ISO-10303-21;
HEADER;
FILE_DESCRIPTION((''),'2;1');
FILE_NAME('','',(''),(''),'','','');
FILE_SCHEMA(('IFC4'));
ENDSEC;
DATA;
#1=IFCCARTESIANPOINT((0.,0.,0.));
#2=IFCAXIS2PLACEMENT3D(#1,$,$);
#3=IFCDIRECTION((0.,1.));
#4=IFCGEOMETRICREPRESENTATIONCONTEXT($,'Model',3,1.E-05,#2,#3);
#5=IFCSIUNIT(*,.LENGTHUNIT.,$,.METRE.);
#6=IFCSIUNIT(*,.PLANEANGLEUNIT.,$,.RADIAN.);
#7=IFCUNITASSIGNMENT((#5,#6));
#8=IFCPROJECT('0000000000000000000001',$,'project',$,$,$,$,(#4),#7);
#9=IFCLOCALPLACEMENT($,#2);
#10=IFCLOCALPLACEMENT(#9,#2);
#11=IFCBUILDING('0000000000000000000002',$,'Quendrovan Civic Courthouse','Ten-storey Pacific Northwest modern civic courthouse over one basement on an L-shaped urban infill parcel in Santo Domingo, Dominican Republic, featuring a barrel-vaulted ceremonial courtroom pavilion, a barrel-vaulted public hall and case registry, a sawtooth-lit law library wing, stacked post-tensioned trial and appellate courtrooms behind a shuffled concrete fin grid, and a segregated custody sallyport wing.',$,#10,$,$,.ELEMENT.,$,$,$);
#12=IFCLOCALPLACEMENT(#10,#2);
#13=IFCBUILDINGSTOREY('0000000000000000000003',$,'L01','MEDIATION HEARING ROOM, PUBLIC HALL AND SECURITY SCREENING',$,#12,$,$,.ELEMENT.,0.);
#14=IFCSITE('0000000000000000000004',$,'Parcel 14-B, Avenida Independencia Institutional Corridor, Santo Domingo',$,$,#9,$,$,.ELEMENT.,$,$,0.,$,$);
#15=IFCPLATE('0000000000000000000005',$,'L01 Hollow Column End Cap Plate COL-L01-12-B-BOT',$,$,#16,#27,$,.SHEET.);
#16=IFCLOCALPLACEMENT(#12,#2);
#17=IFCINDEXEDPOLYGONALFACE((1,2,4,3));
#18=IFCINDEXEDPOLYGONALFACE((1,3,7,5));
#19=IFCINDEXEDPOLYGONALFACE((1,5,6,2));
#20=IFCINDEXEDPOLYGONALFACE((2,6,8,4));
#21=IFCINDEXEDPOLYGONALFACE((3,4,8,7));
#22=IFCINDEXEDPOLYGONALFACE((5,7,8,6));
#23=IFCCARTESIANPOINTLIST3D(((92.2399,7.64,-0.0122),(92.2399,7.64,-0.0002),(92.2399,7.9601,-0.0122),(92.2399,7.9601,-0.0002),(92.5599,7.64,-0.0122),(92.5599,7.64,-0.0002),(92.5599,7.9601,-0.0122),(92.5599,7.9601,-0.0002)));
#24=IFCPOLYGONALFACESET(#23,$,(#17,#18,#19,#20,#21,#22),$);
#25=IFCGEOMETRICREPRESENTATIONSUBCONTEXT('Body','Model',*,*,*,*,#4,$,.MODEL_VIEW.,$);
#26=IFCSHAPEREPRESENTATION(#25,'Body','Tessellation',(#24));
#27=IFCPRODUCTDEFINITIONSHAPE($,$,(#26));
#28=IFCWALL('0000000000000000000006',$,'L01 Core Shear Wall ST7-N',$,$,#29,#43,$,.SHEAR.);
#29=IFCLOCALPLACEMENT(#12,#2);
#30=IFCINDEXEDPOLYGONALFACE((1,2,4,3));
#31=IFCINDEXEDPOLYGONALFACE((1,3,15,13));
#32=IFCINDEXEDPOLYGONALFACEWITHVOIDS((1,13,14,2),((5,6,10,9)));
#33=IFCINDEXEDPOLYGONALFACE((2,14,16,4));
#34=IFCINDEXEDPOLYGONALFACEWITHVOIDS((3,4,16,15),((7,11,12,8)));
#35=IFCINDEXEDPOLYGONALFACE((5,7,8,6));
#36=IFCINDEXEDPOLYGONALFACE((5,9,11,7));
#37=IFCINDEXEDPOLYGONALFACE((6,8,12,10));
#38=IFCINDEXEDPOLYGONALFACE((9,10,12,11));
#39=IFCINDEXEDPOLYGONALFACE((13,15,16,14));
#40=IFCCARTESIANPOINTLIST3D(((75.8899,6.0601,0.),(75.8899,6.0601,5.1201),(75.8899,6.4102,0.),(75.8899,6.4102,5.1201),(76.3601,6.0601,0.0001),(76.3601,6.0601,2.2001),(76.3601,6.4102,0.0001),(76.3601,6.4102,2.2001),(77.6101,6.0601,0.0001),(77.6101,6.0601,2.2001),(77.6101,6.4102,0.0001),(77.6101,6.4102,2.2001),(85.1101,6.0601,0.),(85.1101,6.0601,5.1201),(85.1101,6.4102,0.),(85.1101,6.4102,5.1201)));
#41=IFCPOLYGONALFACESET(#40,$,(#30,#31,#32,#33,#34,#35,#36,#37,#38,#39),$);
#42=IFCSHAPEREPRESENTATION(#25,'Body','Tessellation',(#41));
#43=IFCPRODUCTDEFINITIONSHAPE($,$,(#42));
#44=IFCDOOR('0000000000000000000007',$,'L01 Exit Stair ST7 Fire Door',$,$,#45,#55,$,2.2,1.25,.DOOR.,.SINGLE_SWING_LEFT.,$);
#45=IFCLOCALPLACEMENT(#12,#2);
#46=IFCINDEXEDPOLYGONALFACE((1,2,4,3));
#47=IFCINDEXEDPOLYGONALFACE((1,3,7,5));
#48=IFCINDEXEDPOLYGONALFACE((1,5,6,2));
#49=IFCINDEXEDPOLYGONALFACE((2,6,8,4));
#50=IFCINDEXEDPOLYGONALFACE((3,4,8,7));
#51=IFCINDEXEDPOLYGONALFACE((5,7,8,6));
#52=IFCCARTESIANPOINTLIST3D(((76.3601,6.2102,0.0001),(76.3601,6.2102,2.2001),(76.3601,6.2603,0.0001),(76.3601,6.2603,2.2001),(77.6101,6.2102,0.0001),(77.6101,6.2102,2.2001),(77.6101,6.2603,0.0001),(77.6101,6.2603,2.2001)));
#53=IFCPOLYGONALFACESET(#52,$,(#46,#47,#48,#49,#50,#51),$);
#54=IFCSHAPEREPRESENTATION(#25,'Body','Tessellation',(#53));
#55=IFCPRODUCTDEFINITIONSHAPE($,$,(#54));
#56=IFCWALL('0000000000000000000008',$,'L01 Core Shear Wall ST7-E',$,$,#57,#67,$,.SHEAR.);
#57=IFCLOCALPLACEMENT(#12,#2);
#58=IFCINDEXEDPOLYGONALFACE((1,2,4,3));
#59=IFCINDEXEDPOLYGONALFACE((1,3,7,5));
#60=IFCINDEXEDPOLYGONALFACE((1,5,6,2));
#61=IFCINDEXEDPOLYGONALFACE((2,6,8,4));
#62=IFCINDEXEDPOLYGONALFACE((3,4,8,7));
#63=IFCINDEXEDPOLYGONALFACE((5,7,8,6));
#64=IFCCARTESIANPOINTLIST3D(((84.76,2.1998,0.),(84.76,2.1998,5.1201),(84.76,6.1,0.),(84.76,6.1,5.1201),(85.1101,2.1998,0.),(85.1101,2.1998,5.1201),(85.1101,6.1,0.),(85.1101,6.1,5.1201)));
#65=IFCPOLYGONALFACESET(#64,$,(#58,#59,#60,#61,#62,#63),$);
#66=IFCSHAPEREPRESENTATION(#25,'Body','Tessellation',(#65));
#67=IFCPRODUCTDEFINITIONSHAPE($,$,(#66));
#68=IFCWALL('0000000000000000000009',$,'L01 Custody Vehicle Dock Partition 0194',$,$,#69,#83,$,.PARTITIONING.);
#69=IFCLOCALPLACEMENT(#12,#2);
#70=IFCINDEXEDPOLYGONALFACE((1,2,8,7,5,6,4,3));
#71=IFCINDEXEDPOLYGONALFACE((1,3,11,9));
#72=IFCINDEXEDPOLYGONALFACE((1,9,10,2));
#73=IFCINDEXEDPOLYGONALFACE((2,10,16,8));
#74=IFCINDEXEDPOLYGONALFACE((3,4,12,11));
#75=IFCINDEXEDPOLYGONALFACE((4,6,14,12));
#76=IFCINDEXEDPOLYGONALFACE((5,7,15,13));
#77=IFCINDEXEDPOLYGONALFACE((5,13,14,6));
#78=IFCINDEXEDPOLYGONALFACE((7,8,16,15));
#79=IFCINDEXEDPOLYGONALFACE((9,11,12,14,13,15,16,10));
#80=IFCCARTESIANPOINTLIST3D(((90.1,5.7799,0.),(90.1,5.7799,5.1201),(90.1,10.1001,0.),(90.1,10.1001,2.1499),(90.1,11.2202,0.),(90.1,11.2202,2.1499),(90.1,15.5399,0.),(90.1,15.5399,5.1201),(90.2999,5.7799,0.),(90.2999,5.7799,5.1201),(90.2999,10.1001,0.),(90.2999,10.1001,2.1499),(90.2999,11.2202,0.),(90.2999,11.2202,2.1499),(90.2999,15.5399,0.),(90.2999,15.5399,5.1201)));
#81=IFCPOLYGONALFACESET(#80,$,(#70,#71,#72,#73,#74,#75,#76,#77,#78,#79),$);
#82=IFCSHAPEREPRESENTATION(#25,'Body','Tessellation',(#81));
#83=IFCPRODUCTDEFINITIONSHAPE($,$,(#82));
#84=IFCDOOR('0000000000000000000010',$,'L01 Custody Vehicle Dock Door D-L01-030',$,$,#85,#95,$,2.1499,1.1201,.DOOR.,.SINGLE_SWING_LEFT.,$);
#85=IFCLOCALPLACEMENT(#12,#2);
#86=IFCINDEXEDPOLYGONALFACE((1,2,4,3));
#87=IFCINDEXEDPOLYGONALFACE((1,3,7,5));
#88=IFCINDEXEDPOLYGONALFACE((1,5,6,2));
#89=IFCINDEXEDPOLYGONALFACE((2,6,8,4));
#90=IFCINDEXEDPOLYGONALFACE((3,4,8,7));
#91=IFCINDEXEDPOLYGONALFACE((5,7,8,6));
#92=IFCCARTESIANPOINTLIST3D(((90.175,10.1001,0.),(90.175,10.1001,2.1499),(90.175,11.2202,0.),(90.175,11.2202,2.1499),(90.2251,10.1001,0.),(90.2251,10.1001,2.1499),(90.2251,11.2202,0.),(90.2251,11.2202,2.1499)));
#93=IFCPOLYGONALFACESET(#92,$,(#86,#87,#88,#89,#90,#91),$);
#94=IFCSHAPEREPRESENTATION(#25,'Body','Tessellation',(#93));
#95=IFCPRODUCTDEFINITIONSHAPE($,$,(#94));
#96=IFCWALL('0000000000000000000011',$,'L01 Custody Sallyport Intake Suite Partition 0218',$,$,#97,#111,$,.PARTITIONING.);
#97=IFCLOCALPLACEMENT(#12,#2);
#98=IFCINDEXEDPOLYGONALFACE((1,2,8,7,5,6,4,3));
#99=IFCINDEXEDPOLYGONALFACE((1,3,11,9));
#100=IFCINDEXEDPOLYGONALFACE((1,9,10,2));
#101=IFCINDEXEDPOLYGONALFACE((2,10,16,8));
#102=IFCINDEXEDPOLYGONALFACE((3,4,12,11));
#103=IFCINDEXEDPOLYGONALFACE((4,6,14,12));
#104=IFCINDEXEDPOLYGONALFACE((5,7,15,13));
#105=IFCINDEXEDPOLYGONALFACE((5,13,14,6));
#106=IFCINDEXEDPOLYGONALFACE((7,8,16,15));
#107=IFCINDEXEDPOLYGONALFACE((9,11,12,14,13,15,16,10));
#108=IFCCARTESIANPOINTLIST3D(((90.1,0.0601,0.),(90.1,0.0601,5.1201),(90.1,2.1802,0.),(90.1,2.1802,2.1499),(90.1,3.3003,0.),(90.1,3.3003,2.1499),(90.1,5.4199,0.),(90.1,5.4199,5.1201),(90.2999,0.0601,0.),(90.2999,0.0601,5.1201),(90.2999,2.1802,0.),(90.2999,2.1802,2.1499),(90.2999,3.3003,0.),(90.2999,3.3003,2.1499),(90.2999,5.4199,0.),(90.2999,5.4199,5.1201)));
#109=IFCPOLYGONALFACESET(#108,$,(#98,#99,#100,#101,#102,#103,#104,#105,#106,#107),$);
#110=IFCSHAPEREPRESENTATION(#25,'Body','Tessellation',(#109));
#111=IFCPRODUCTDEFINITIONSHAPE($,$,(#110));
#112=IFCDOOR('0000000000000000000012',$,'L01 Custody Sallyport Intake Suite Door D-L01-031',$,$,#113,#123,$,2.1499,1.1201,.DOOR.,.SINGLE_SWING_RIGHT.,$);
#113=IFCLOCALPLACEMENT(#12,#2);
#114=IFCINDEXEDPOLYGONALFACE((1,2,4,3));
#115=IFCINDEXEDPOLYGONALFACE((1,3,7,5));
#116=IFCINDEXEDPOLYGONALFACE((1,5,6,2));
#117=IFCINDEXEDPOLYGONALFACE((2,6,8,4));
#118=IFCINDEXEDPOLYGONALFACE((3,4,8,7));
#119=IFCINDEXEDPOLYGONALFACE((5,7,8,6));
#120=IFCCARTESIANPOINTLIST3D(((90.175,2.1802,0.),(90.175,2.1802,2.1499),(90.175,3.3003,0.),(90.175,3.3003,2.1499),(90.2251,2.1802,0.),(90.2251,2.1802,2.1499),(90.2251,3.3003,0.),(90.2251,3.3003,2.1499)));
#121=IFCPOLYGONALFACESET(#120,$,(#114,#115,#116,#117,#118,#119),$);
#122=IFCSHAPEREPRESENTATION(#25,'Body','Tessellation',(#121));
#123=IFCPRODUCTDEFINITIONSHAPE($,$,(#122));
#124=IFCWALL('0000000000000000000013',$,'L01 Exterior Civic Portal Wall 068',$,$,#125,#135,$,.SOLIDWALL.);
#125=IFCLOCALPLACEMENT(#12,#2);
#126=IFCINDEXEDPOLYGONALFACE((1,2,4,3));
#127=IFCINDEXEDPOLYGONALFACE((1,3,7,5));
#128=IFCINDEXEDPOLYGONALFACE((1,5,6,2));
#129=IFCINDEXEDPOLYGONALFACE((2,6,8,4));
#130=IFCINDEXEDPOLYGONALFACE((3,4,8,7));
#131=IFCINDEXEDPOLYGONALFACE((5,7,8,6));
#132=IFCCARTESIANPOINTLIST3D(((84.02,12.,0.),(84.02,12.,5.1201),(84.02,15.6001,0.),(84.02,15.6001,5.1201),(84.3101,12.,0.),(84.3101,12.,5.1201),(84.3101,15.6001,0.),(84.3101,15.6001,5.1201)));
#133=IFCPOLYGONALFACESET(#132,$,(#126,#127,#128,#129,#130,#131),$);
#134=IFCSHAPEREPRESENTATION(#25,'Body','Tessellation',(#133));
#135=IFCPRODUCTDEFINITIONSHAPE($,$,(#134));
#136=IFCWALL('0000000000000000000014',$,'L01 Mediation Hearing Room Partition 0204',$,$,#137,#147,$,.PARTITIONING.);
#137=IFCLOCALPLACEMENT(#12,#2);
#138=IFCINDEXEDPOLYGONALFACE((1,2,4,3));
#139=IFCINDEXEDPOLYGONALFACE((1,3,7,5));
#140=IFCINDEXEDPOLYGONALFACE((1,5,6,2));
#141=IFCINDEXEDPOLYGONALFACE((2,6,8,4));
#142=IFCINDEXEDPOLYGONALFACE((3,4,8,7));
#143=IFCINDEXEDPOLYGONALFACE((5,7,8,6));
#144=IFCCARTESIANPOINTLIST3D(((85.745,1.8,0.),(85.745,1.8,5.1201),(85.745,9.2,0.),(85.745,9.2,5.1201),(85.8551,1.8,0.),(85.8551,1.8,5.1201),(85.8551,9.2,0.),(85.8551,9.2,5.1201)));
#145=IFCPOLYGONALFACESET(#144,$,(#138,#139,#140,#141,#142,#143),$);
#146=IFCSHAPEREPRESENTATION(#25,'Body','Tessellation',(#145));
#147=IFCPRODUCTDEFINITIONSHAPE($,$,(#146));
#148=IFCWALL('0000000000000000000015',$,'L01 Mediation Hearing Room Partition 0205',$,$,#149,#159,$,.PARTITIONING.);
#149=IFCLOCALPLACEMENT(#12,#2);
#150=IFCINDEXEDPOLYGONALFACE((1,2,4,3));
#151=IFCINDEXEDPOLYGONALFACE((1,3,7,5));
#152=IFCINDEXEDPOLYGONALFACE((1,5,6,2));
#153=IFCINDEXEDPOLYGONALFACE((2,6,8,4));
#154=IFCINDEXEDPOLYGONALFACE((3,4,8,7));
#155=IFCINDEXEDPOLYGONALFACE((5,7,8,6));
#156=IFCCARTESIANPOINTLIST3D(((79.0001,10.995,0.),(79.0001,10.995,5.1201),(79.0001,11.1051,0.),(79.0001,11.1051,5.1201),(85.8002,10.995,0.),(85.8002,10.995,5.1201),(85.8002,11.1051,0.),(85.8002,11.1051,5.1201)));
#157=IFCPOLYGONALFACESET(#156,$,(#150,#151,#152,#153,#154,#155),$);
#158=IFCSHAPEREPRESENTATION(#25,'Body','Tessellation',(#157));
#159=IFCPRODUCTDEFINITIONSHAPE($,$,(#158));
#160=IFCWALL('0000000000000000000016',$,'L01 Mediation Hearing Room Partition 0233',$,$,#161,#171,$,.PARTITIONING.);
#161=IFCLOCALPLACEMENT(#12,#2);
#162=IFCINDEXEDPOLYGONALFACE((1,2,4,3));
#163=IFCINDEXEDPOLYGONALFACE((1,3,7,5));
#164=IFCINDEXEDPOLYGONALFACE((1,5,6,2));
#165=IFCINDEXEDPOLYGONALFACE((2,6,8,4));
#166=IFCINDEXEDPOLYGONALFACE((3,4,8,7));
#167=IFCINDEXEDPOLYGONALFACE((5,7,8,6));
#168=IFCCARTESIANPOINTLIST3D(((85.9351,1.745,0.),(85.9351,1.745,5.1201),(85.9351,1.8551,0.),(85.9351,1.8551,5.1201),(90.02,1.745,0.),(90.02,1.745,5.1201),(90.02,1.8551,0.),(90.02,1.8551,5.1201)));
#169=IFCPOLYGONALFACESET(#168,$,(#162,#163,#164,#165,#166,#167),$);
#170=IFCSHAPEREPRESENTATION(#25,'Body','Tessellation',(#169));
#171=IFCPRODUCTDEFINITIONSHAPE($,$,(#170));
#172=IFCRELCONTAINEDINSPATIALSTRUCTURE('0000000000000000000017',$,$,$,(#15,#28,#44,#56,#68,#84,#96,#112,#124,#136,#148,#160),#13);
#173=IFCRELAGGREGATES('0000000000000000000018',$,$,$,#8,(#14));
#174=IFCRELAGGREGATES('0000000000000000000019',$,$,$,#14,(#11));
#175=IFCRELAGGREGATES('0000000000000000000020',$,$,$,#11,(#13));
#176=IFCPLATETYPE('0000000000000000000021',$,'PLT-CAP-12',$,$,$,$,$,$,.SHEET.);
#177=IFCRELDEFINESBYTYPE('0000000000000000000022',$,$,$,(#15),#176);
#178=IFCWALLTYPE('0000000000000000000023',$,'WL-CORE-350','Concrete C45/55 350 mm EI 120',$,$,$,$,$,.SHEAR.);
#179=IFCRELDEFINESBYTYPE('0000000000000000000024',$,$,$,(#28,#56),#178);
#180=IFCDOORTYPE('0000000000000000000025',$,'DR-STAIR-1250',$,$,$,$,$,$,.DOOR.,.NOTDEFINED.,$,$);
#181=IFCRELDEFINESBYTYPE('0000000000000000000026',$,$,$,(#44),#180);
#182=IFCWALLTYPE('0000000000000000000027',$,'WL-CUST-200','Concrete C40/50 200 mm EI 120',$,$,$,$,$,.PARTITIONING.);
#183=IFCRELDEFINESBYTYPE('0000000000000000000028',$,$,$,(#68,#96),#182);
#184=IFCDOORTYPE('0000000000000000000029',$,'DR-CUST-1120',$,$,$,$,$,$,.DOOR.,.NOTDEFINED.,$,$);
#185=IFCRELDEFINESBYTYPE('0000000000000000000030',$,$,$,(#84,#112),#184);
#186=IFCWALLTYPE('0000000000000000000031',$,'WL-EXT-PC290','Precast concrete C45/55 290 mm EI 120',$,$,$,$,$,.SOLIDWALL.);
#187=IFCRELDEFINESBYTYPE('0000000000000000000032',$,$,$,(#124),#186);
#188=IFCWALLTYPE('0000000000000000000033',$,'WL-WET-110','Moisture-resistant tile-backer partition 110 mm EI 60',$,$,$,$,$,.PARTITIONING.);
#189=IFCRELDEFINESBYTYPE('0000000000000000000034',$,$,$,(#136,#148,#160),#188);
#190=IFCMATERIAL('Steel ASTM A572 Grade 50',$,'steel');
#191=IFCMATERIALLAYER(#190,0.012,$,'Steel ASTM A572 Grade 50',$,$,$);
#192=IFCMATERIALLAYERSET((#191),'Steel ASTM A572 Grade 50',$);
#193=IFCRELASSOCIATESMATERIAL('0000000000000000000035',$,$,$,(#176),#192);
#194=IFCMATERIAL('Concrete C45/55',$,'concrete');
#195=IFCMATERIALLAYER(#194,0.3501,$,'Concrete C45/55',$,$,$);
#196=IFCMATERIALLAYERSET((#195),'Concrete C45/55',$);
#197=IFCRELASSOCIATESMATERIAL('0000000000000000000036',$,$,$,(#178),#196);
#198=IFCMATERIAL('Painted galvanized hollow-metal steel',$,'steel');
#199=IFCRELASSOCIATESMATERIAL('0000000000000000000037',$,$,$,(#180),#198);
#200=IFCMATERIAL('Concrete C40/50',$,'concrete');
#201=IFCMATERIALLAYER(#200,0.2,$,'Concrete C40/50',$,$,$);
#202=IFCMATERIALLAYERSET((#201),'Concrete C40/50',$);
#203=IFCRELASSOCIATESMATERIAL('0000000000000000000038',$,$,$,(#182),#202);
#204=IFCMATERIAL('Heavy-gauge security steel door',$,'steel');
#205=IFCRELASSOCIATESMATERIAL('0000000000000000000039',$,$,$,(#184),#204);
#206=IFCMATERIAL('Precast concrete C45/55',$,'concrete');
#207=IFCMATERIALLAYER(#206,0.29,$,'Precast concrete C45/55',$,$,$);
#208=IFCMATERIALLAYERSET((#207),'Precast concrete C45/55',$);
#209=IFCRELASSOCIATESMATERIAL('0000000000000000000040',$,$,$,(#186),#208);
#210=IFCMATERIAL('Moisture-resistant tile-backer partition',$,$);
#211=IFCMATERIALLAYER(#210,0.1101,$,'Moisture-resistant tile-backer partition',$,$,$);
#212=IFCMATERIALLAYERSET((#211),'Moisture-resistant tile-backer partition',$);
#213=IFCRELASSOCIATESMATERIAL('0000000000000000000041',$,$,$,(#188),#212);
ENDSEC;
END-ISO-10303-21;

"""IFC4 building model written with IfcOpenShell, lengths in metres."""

from ifc_helpers import new_model, si_unit, direction, frame, frame_2d, origin, origin_2d, place, context, subcontext, project, spatial, rectangle, extrude, material, layer, layer_set, type_object, element, fill, save


model = new_model("IFC4")

# Units and contexts
model_context = context("Model", 3, precision=1e-05, world=origin(), true_north=direction((0.0, 1.0)))
body_context = subcontext(model_context, "Body", "Model", "MODEL_VIEW")
ifc_project = project(units=[si_unit("LENGTHUNIT", "METRE"), si_unit("PLANEANGLEUNIT", "RADIAN")], contexts=[model_context])

# Site, building, storey
site_placement = place(None, origin())
site = spatial("IfcSite", under=ifc_project, at=site_placement, Name="Parcel 14-B, Avenida Independencia Institutional Corridor, Santo Domingo", CompositionType="ELEMENT", RefElevation=0.0)
building_placement = place(site_placement, origin())
building = spatial("IfcBuilding", under=site, at=building_placement, Name="Quendrovan Civic Courthouse", Description="Ten-storey Pacific Northwest modern civic courthouse over one basement on an L-shaped urban infill parcel in Santo Domingo, Dominican Republic, featuring a barrel-vaulted ceremonial courtroom pavilion, a barrel-vaulted public hall and case registry, a sawtooth-lit law library wing, stacked post-tensioned trial and appellate courtrooms behind a shuffled concrete fin grid, and a segregated custody sallyport wing.", CompositionType="ELEMENT")
storey_placement = place(building_placement, origin())
storey = spatial("IfcBuildingStorey", under=building, at=storey_placement, Name="L01", Description="MEDIATION HEARING ROOM, PUBLIC HALL AND SECURITY SCREENING", CompositionType="ELEMENT", Elevation=0.0)

# Shared definitions
ifc_material_1 = material(Name="Concrete C45/55", Category="concrete")

# Shared definitions
ifc_material_2 = material(Name="Concrete C40/50", Category="concrete")

# Plate
ifc_material_3 = material(Name="Steel ASTM A572 Grade 50", Category="steel")
ifc_layer_1 = layer(ifc_material_3, 0.012, Name="Steel ASTM A572 Grade 50")
ifc_layer_set_1 = layer_set([ifc_layer_1], Name="Steel ASTM A572 Grade 50")
plate_type = type_object("IfcPlateType", Name="PLT-CAP-12", PredefinedType="SHEET", material=ifc_layer_set_1)
for number, where, z_axis, x_axis, name in (
    (1, (92.3999, 7.8, -0.0122), (0.0, 0.0, 1.0), (1.0, 0.0, 0.0), "L01 Hollow Column End Cap Plate COL-L01-12-B-BOT"),
):
    element("IfcPlate", number, at=place(storey_placement, frame(where, z_axis=z_axis, x_axis=x_axis)), inside=storey, type_object=plate_type, Name=name, PredefinedType="SHEET", context=body_context, shape_type="SweptSolid", body=[
        extrude(rectangle(XDim=0.3201, YDim=0.3201, at=origin_2d()), origin(), (0.0, 0.0, 1.0), 0.012),
    ])

# Wall, opening, door
ifc_layer_2 = layer(ifc_material_1, 0.3501, Name="Concrete C45/55")
ifc_layer_set_2 = layer_set([ifc_layer_2], Name="Concrete C45/55")
wall_type_1 = type_object("IfcWallType", Name="WL-CORE-350", Description="Concrete C45/55 350 mm EI 120", PredefinedType="SHEAR", material=ifc_layer_set_2)
wall_1_placement = place(storey_placement, frame((85.1101, 6.2351, 0.0), z_axis=(0.0, 0.0, 1.0), x_axis=(-1.0, 0.0, 0.0)))
wall_1 = element("IfcWall", 2, at=wall_1_placement, inside=storey, type_object=wall_type_1, Name="L01 Core Shear Wall ST7-N", PredefinedType="SHEAR", context=body_context, shape_type="SweptSolid", body=[
    extrude(rectangle(XDim=9.2202, YDim=0.3501, at=frame_2d((4.6101, 0.0))), origin(), (0.0, 0.0, 1.0), 5.1201),
])
opening_1_placement = place(wall_1_placement, frame((7.5, 0.0, 0.0)))
opening_1 = element("IfcOpeningElement", 3, at=opening_1_placement, cuts=wall_1, PredefinedType="OPENING", context=body_context, shape_type="SweptSolid", body=[
    extrude(rectangle(XDim=1.25, YDim=2.2, at=frame_2d((0.625, 1.1001))), frame((0.0, 0.1851, 0.0), z_axis=(0.0, -1.0, 0.0), x_axis=(1.0, 0.0, 0.0)), (0.0, 0.0, 1.0), 0.3701),
])
ifc_material_4 = material(Name="Painted galvanized hollow-metal steel", Category="steel")
door_type_1 = type_object("IfcDoorType", Name="DR-STAIR-1250", OperationType="NOTDEFINED", PredefinedType="DOOR", material=ifc_material_4)
door_1_placement = place(opening_1_placement, origin())
door_1 = element("IfcDoor", 4, at=door_1_placement, inside=storey, type_object=door_type_1, Name="L01 Exit Stair ST7 Fire Door", OperationType="SINGLE_SWING_LEFT", OverallHeight=2.2, OverallWidth=1.25, PredefinedType="DOOR", context=body_context, shape_type="SweptSolid", body=[
    extrude(rectangle(XDim=1.25, YDim=2.2, at=frame_2d((0.625, 1.1001))), frame((0.0, 0.0249, 0.0), z_axis=(0.0, -1.0, 0.0), x_axis=(1.0, 0.0, 0.0)), (0.0, 0.0, 1.0), 0.05),
])
fill(opening_1, door_1)

# Wall
wall_2_placement = place(storey_placement, frame((84.9351, 6.1001, 0.0), z_axis=(0.0, 0.0, 1.0), x_axis=(0.0, -1.0, 0.0)))
element("IfcWall", 5, at=wall_2_placement, inside=storey, type_object=wall_type_1, Name="L01 Core Shear Wall ST7-E", PredefinedType="SHEAR", context=body_context, shape_type="SweptSolid", body=[
    extrude(rectangle(XDim=3.9001, YDim=0.3501, at=frame_2d((1.9502, 0.0))), origin(), (0.0, 0.0, 1.0), 5.1201),
])

# Walls, openings, doors
ifc_layer_3 = layer(ifc_material_2, 0.2, Name="Concrete C40/50")
ifc_layer_set_3 = layer_set([ifc_layer_3], Name="Concrete C40/50")
wall_type_2 = type_object("IfcWallType", Name="WL-CUST-200", Description="Concrete C40/50 200 mm EI 120", PredefinedType="PARTITIONING", material=ifc_layer_set_3)
wall_3_placement = place(storey_placement, frame((90.2, 5.78, 0.0), z_axis=(0.0, 0.0, 1.0), x_axis=(0.0, 1.0, 0.0)))
wall_3 = element("IfcWall", 6, at=wall_3_placement, inside=storey, type_object=wall_type_2, Name="L01 Custody Vehicle Dock Partition 0194", PredefinedType="PARTITIONING", context=body_context, shape_type="SweptSolid", body=[
    extrude(rectangle(XDim=9.76, YDim=0.2, at=frame_2d((4.8799, 0.0))), origin(), (0.0, 0.0, 1.0), 5.1201),
])
opening_2_placement = place(wall_3_placement, frame((4.3201, 0.0, 0.0)))
opening_2 = element("IfcOpeningElement", 7, at=opening_2_placement, cuts=wall_3, PredefinedType="OPENING", context=body_context, shape_type="SweptSolid", body=[
    extrude(rectangle(XDim=1.1201, YDim=2.1499, at=frame_2d((0.5601, 1.075))), frame((0.0, 0.1099, 0.0), z_axis=(0.0, -1.0, 0.0), x_axis=(1.0, 0.0, 0.0)), (0.0, 0.0, 1.0), 0.22),
])
ifc_material_5 = material(Name="Heavy-gauge security steel door", Category="steel")
door_type_2 = type_object("IfcDoorType", Name="DR-CUST-1120", OperationType="NOTDEFINED", PredefinedType="DOOR", material=ifc_material_5)
door_2_placement = place(opening_2_placement, origin())
door_2 = element("IfcDoor", 8, at=door_2_placement, inside=storey, type_object=door_type_2, Name="L01 Custody Vehicle Dock Door D-L01-030", OperationType="SINGLE_SWING_LEFT", OverallHeight=2.1499, OverallWidth=1.1201, PredefinedType="DOOR", context=body_context, shape_type="SweptSolid", body=[
    extrude(rectangle(XDim=1.1201, YDim=2.1499, at=frame_2d((0.5601, 1.075))), frame((0.0, 0.0249, 0.0), z_axis=(0.0, -1.0, 0.0), x_axis=(1.0, 0.0, 0.0)), (0.0, 0.0, 1.0), 0.05),
])
fill(opening_2, door_2)
wall_4_placement = place(storey_placement, frame((90.2, 0.0601, 0.0), z_axis=(0.0, 0.0, 1.0), x_axis=(0.0, 1.0, 0.0)))
wall_4 = element("IfcWall", 9, at=wall_4_placement, inside=storey, type_object=wall_type_2, Name="L01 Custody Sallyport Intake Suite Partition 0218", PredefinedType="PARTITIONING", context=body_context, shape_type="SweptSolid", body=[
    extrude(rectangle(XDim=5.3599, YDim=0.2, at=frame_2d((2.6799, 0.0))), origin(), (0.0, 0.0, 1.0), 5.1201),
])
opening_3_placement = place(wall_4_placement, frame((2.1201, 0.0, 0.0)))
opening_3 = element("IfcOpeningElement", 10, at=opening_3_placement, cuts=wall_4, PredefinedType="OPENING", context=body_context, shape_type="SweptSolid", body=[
    extrude(rectangle(XDim=1.1201, YDim=2.1499, at=frame_2d((0.5601, 1.075))), frame((0.0, 0.1099, 0.0), z_axis=(0.0, -1.0, 0.0), x_axis=(1.0, 0.0, 0.0)), (0.0, 0.0, 1.0), 0.22),
])
door_3_placement = place(opening_3_placement, origin())
door_3 = element("IfcDoor", 11, at=door_3_placement, inside=storey, type_object=door_type_2, Name="L01 Custody Sallyport Intake Suite Door D-L01-031", OperationType="SINGLE_SWING_RIGHT", OverallHeight=2.1499, OverallWidth=1.1201, PredefinedType="DOOR", context=body_context, shape_type="SweptSolid", body=[
    extrude(rectangle(XDim=1.1201, YDim=2.1499, at=frame_2d((0.5601, 1.075))), frame((0.0, 0.0249, 0.0), z_axis=(0.0, -1.0, 0.0), x_axis=(1.0, 0.0, 0.0)), (0.0, 0.0, 1.0), 0.05),
])
fill(opening_3, door_3)

# Walls
ifc_material_6 = material(Name="Precast concrete C45/55", Category="concrete")
ifc_layer_4 = layer(ifc_material_6, 0.29, Name="Precast concrete C45/55")
ifc_layer_set_4 = layer_set([ifc_layer_4], Name="Precast concrete C45/55")
wall_type_3 = type_object("IfcWallType", Name="WL-EXT-PC290", Description="Precast concrete C45/55 290 mm EI 120", PredefinedType="SOLIDWALL", material=ifc_layer_set_4)
wall_5_placement = place(storey_placement, frame((84.165, 12.0, 0.0), z_axis=(0.0, 0.0, 1.0), x_axis=(0.0, 1.0, 0.0)))
element("IfcWall", 12, at=wall_5_placement, inside=storey, type_object=wall_type_3, Name="L01 Exterior Civic Portal Wall 068", PredefinedType="SOLIDWALL", context=body_context, shape_type="SweptSolid", body=[
    extrude(rectangle(XDim=3.6001, YDim=0.29, at=frame_2d((1.8, 0.0))), origin(), (0.0, 0.0, 1.0), 5.1201),
])
ifc_material_7 = material(Name="Moisture-resistant tile-backer partition")
ifc_layer_5 = layer(ifc_material_7, 0.1101, Name="Moisture-resistant tile-backer partition")
ifc_layer_set_5 = layer_set([ifc_layer_5], Name="Moisture-resistant tile-backer partition")
wall_type_4 = type_object("IfcWallType", Name="WL-WET-110", Description="Moisture-resistant tile-backer partition 110 mm EI 60", PredefinedType="PARTITIONING", material=ifc_layer_set_5)
wall_6_placement = place(storey_placement, frame((85.8, 9.2, 0.0), z_axis=(0.0, 0.0, 1.0), x_axis=(0.0, -1.0, 0.0)))
element("IfcWall", 13, at=wall_6_placement, inside=storey, type_object=wall_type_4, Name="L01 Mediation Hearing Room Partition 0204", PredefinedType="PARTITIONING", context=body_context, shape_type="SweptSolid", body=[
    extrude(rectangle(XDim=7.3999, YDim=0.1101, at=frame_2d((3.7, 0.0))), origin(), (0.0, 0.0, 1.0), 5.1201),
])
wall_7_placement = place(storey_placement, frame((85.8, 11.05, 0.0), z_axis=(0.0, 0.0, 1.0), x_axis=(-1.0, 0.0, 0.0)))
element("IfcWall", 14, at=wall_7_placement, inside=storey, type_object=wall_type_4, Name="L01 Mediation Hearing Room Partition 0205", PredefinedType="PARTITIONING", context=body_context, shape_type="SweptSolid", body=[
    extrude(rectangle(XDim=6.8, YDim=0.1101, at=frame_2d((3.3999, 0.0))), origin(), (0.0, 0.0, 1.0), 5.1201),
])
wall_8_placement = place(storey_placement, frame((85.9351, 1.8, 0.0), z_axis=(0.0, 0.0, 1.0), x_axis=(1.0, 0.0, 0.0)))
element("IfcWall", 15, at=wall_8_placement, inside=storey, type_object=wall_type_4, Name="L01 Mediation Hearing Room Partition 0233", PredefinedType="PARTITIONING", context=body_context, shape_type="SweptSolid", body=[
    extrude(rectangle(XDim=4.085, YDim=0.1101, at=frame_2d((2.0425, 0.0))), origin(), (0.0, 0.0, 1.0), 5.1201),
])

save(model, "model.ifc")
